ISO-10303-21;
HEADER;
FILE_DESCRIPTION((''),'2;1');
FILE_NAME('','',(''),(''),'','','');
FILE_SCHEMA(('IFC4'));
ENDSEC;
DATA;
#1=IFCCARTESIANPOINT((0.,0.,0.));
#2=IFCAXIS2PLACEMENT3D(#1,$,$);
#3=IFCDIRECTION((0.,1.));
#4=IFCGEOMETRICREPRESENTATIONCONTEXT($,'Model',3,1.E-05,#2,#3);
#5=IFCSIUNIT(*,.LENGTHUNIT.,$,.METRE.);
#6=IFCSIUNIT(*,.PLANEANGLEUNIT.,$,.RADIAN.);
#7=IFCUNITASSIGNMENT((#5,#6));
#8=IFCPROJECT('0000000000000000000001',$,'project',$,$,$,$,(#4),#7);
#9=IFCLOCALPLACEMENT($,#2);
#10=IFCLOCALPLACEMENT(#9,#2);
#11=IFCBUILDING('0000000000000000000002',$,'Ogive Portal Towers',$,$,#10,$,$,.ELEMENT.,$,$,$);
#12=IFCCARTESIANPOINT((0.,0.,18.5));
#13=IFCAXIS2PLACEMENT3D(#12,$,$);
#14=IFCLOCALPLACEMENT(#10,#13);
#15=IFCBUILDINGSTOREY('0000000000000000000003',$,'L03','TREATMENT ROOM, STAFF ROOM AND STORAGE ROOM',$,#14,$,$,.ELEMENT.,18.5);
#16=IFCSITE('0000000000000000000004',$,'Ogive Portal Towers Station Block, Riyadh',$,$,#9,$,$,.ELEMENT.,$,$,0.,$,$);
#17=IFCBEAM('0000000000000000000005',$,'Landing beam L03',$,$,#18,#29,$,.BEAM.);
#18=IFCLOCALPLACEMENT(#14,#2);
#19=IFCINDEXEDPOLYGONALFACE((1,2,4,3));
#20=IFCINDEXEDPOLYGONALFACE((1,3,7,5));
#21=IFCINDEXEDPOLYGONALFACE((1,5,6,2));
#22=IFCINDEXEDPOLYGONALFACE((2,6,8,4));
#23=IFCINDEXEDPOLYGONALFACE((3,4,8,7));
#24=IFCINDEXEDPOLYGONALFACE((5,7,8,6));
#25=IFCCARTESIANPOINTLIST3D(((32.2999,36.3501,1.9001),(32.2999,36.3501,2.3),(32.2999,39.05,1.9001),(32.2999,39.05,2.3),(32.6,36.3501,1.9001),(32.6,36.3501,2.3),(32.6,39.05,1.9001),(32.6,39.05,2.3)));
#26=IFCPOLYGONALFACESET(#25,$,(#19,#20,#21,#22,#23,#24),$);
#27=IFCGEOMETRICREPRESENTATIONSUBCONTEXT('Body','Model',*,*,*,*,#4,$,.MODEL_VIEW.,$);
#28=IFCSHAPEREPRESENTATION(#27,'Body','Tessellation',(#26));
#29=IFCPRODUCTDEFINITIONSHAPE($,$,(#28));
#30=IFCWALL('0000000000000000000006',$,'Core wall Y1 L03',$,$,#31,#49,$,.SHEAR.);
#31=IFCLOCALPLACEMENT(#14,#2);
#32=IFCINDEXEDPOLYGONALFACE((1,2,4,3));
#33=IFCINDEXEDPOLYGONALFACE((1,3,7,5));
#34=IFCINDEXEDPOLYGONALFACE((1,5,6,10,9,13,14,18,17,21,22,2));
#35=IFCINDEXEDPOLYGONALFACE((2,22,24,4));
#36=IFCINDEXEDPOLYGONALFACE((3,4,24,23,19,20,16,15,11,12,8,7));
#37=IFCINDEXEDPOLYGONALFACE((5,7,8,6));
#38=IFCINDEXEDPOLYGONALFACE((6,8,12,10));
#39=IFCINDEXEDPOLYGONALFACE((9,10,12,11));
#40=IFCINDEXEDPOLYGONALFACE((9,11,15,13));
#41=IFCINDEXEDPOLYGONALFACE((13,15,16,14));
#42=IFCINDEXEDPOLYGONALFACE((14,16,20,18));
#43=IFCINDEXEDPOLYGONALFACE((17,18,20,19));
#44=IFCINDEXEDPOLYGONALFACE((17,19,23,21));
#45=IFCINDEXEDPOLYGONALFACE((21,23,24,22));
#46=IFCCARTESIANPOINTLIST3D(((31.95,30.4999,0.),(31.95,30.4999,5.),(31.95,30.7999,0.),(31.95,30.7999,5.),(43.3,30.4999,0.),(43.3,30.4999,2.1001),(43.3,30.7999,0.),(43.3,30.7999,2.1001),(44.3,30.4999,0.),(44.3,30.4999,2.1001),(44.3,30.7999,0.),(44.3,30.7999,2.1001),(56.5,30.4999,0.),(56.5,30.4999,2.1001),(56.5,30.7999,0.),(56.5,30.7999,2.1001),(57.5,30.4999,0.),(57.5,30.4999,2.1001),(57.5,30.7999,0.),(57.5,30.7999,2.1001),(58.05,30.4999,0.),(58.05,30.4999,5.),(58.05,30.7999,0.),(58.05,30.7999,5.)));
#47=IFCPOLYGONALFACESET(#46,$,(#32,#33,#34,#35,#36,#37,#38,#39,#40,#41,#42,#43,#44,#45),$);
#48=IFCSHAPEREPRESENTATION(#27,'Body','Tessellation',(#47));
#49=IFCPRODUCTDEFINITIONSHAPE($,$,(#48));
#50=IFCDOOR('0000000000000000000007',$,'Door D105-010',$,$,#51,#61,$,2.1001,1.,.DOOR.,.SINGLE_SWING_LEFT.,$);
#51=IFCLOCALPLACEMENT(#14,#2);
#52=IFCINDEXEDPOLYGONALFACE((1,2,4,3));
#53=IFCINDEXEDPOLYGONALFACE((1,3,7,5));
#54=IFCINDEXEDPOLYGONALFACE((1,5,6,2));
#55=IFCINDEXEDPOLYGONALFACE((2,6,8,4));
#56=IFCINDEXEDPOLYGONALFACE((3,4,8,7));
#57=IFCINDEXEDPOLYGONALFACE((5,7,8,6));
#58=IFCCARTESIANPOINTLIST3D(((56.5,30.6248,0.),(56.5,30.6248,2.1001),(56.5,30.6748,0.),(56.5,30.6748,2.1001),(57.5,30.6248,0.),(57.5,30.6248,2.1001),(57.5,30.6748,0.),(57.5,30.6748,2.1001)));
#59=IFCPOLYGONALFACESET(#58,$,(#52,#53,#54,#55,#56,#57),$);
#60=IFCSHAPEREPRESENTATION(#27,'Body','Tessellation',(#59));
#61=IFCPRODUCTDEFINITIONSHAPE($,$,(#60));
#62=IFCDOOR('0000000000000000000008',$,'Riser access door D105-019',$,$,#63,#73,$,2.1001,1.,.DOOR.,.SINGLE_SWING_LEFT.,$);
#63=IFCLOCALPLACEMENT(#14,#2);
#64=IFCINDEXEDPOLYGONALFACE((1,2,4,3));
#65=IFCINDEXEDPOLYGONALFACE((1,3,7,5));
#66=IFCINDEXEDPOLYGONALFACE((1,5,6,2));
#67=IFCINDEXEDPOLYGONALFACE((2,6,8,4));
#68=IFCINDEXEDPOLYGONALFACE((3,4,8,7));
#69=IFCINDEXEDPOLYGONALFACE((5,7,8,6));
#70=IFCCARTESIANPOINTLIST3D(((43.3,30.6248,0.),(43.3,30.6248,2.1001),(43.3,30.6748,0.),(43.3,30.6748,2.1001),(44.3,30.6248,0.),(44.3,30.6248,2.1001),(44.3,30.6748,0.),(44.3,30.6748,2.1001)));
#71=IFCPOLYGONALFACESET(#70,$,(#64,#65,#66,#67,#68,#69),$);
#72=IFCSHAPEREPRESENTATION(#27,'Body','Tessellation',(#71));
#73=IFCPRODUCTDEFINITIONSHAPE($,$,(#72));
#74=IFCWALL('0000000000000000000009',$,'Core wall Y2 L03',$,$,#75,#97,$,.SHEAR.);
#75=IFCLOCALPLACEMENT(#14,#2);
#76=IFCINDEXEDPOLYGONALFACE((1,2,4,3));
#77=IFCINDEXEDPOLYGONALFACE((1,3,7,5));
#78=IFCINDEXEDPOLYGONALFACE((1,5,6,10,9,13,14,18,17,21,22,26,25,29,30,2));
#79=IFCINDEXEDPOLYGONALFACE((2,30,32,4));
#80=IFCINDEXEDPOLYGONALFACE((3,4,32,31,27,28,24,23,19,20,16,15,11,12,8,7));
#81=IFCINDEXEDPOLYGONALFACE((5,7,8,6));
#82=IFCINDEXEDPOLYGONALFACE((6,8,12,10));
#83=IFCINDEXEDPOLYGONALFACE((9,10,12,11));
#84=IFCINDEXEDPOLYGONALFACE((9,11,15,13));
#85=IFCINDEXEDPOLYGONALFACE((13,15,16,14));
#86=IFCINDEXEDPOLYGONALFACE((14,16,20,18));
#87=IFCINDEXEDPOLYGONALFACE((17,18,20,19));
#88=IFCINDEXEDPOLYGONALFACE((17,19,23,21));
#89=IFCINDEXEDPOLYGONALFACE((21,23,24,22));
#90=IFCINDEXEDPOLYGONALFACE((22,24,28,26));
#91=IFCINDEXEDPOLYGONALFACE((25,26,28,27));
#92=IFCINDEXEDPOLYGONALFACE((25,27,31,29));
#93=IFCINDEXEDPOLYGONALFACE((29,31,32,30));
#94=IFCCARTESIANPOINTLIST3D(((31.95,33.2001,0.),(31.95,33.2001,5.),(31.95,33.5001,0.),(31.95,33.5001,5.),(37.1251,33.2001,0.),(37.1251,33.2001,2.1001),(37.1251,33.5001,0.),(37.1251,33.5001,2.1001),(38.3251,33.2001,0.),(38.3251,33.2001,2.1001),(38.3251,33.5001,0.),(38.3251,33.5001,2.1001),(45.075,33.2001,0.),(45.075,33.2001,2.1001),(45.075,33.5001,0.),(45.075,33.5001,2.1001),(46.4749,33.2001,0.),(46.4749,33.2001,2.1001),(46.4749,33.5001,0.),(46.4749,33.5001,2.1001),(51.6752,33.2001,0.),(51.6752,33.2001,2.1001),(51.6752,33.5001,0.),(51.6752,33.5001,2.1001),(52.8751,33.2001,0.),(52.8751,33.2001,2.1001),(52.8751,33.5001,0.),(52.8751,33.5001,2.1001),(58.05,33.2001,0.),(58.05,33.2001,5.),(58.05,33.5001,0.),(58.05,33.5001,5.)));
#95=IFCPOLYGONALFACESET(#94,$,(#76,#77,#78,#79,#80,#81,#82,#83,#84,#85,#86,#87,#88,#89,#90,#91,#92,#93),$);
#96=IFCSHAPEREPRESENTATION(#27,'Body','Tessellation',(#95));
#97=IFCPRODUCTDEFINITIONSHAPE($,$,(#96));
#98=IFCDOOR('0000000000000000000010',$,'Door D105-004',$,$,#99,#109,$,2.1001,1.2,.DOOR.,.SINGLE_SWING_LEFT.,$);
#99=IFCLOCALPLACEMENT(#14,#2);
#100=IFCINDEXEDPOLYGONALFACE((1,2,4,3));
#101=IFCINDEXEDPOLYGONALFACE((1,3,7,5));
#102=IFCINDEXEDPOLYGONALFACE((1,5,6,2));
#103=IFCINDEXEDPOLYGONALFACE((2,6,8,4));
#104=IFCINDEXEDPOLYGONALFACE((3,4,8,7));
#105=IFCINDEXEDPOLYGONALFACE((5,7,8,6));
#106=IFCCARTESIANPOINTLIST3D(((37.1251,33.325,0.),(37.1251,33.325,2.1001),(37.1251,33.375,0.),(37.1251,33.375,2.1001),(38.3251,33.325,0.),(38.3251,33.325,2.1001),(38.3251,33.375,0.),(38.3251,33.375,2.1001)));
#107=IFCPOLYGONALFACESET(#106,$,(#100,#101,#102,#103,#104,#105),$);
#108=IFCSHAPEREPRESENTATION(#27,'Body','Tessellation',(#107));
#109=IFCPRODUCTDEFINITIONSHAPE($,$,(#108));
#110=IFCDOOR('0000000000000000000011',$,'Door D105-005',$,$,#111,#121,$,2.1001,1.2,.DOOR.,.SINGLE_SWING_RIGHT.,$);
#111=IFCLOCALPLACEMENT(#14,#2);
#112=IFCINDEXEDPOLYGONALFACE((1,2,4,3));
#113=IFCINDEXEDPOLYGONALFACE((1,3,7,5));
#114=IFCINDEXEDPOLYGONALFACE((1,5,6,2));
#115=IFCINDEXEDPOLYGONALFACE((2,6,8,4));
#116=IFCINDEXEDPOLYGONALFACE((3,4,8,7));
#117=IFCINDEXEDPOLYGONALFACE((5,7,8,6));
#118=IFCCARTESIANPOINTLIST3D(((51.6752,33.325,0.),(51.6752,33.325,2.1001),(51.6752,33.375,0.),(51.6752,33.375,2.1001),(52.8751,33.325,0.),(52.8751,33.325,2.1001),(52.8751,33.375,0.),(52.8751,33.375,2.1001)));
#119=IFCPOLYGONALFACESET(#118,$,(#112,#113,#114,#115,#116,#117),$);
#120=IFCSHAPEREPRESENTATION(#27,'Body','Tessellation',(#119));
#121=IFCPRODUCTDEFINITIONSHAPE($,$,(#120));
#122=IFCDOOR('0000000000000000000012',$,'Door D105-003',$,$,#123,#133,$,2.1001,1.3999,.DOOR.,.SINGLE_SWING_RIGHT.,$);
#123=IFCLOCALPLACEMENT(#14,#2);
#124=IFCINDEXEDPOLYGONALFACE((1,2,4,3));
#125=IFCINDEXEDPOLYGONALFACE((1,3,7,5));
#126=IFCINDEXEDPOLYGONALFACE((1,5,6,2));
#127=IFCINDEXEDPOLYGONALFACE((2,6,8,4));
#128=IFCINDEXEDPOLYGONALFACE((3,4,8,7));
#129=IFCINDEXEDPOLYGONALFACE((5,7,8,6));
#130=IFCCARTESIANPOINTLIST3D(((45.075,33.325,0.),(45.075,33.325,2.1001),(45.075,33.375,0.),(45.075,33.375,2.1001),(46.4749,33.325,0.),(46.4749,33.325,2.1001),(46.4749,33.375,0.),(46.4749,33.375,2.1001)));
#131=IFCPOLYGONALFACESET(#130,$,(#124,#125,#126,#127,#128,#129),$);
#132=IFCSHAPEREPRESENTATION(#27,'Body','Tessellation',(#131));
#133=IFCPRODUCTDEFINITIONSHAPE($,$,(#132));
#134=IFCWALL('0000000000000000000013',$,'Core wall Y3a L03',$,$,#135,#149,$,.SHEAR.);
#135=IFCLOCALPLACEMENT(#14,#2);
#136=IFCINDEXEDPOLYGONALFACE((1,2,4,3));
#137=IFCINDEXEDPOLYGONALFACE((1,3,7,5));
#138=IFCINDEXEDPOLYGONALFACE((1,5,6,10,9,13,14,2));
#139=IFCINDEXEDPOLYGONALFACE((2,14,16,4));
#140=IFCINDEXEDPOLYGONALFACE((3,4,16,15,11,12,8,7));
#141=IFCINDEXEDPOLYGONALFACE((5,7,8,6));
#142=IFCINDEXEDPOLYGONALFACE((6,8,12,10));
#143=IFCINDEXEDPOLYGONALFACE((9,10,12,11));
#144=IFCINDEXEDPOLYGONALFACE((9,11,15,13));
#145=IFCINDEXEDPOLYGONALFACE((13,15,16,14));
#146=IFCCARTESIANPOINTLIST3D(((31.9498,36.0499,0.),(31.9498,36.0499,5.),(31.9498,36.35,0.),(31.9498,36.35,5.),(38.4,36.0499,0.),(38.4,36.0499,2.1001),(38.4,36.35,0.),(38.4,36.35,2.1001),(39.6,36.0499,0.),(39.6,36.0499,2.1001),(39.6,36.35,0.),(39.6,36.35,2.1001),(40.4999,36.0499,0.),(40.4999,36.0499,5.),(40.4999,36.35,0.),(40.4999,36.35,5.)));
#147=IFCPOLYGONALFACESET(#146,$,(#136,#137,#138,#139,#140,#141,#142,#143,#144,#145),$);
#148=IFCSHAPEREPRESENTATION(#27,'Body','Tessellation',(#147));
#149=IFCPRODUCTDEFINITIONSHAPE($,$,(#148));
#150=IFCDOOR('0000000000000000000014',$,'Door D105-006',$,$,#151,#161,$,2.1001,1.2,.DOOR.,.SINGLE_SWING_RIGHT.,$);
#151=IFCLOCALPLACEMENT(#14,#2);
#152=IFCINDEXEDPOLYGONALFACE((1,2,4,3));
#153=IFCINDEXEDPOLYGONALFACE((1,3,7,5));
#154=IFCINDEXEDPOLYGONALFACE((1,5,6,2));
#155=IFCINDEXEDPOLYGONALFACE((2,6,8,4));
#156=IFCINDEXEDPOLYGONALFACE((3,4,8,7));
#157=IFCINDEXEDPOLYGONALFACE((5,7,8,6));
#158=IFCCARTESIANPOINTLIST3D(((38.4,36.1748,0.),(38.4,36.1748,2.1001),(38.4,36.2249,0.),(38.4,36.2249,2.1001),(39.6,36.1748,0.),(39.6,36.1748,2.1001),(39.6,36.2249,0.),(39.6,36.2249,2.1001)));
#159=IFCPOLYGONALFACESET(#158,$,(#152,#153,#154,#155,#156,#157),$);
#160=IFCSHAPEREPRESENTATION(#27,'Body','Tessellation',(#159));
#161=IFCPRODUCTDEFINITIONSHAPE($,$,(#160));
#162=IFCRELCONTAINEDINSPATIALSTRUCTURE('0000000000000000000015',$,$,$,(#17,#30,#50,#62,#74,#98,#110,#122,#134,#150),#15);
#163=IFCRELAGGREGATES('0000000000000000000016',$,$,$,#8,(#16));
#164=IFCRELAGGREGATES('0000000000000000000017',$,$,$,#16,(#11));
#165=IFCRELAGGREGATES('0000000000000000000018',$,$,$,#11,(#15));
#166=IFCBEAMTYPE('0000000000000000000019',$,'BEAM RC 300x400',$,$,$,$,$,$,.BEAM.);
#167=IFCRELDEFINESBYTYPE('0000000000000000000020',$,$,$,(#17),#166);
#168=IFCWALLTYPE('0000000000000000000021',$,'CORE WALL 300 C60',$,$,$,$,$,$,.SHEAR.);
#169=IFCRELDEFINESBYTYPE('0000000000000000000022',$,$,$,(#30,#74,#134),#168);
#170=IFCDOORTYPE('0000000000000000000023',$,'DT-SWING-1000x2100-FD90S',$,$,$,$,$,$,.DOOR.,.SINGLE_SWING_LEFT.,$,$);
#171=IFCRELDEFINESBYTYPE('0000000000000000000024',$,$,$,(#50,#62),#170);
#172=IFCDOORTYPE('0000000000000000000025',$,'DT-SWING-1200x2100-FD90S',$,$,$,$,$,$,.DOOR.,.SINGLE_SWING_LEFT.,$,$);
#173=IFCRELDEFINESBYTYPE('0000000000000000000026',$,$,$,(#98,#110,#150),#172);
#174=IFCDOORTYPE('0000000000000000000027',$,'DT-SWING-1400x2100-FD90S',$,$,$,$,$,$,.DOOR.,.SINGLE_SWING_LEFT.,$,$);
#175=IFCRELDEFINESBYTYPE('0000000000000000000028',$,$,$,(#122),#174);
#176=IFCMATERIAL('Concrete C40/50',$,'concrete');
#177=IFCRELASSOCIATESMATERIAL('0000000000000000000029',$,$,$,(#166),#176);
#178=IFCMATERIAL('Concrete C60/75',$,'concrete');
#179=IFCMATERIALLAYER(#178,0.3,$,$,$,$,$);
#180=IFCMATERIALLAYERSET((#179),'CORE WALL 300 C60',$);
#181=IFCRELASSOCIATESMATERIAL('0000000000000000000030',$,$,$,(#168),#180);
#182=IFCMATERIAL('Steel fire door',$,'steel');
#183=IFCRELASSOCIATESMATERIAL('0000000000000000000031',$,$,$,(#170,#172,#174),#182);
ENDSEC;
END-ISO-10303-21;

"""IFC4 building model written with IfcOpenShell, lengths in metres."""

from ifc_helpers import new_model, si_unit, direction, frame, frame_2d, origin, origin_2d, place, context, subcontext, project, spatial, rectangle, extrude, material, layer, layer_set, material_profile, profile_set, type_object, element, fill, save


model = new_model("IFC4")

# Units and contexts
model_context = context("Model", 3, precision=1e-05, world=origin(), true_north=direction((0.0, 1.0)))
body_context = subcontext(model_context, "Body", "Model", "MODEL_VIEW")
ifc_project = project(units=[si_unit("LENGTHUNIT", "METRE"), si_unit("PLANEANGLEUNIT", "RADIAN")], contexts=[model_context])

# Site, building, storey
site_placement = place(None, origin())
site = spatial("IfcSite", under=ifc_project, at=site_placement, Name="Ogive Portal Towers Station Block, Riyadh", CompositionType="ELEMENT", RefElevation=0.0)
building_placement = place(site_placement, origin())
building = spatial("IfcBuilding", under=site, at=building_placement, Name="Ogive Portal Towers", CompositionType="ELEMENT")
storey_placement = place(building_placement, frame((0.0, 0.0, 18.5)))
storey = spatial("IfcBuildingStorey", under=building, at=storey_placement, Name="L03", Description="TREATMENT ROOM, STAFF ROOM AND STORAGE ROOM", CompositionType="ELEMENT", Elevation=18.5)

# Beam
ifc_material_1 = material(Name="Concrete C40/50", Category="concrete")
ifc_material_profile = material_profile(ifc_material_1, rectangle(XDim=0.3, YDim=0.3999, at=origin_2d()), Name="RC 300x400")
ifc_profile_set = profile_set([ifc_material_profile], Name="Concrete C40/50")
beam_type = type_object("IfcBeamType", Name="BEAM RC 300x400", PredefinedType="BEAM", material=ifc_profile_set)
beam_placement = place(storey_placement, frame((32.45, 36.3501, 2.1001), z_axis=(0.0, 1.0, 0.0), x_axis=(-1.0, 0.0, 0.0)))
element("IfcBeam", 1, at=beam_placement, inside=storey, type_object=beam_type, Name="Landing beam L03", PredefinedType="BEAM", context=body_context, shape_type="SweptSolid", body=[
    extrude(rectangle(XDim=0.3, YDim=0.3999, at=origin_2d()), origin(), (0.0, 0.0, 1.0), 2.7),
])

# Walls, openings, doors
ifc_material_2 = material(Name="Concrete C60/75", Category="concrete")
ifc_layer_1 = layer(ifc_material_2, 0.3)
ifc_layer_set_1 = layer_set([ifc_layer_1], Name="CORE WALL 300 C60")
wall_type_1 = type_object("IfcWallType", Name="CORE WALL 300 C60", PredefinedType="SHEAR", material=ifc_layer_set_1)
wall_1_placement = place(storey_placement, frame((31.95, 30.6499, 0.0), z_axis=(0.0, 0.0, 1.0), x_axis=(1.0, 0.0, 0.0)))
wall_1 = element("IfcWall", 2, at=wall_1_placement, inside=storey, type_object=wall_type_1, Name="Core wall Y1 L03", PredefinedType="SHEAR", context=body_context, shape_type="SweptSolid", body=[
    extrude(rectangle(XDim=26.1001, YDim=0.3, at=frame_2d((13.05, 0.0))), origin(), (0.0, 0.0, 1.0), 5.0),
])
opening_1_placement = place(wall_1_placement, frame((24.55, 0.0, 0.0)))
opening_1 = element("IfcOpeningElement", 3, at=opening_1_placement, cuts=wall_1, PredefinedType="OPENING", context=body_context, shape_type="SweptSolid", body=[
    extrude(rectangle(XDim=1.0, YDim=2.1001, at=frame_2d((0.5, 1.05))), frame((0.0, 0.1602, 0.0), z_axis=(0.0, -1.0, 0.0), x_axis=(1.0, 0.0, 0.0)), (0.0, 0.0, 1.0), 0.3201),
])
opening_2_placement = place(wall_1_placement, frame((11.3501, 0.0, 0.0)))
opening_2 = element("IfcOpeningElement", 4, at=opening_2_placement, cuts=wall_1, PredefinedType="OPENING", context=body_context, shape_type="SweptSolid", body=[
    extrude(rectangle(XDim=1.0, YDim=2.1001, at=frame_2d((0.5, 1.05))), frame((0.0, 0.1602, 0.0), z_axis=(0.0, -1.0, 0.0), x_axis=(1.0, 0.0, 0.0)), (0.0, 0.0, 1.0), 0.3201),
])
ifc_material_3 = material(Name="Steel fire door", Category="steel")
door_type_1 = type_object("IfcDoorType", Name="DT-SWING-1000x2100-FD90S", OperationType="SINGLE_SWING_LEFT", PredefinedType="DOOR", material=ifc_material_3)
door_1_placement = place(opening_1_placement, origin())
door_1 = element("IfcDoor", 5, at=door_1_placement, inside=storey, type_object=door_type_1, Name="Door D105-010", OperationType="SINGLE_SWING_LEFT", OverallHeight=2.1001, OverallWidth=1.0, PredefinedType="DOOR", context=body_context, shape_type="SweptSolid", body=[
    extrude(rectangle(XDim=1.0, YDim=2.1001, at=frame_2d((0.5, 1.05))), frame((0.0, 0.0249, 0.0), z_axis=(0.0, -1.0, 0.0), x_axis=(1.0, 0.0, 0.0)), (0.0, 0.0, 1.0), 0.05),
])
fill(opening_1, door_1)
door_2_placement = place(opening_2_placement, origin())
door_2 = element("IfcDoor", 6, at=door_2_placement, inside=storey, type_object=door_type_1, Name="Riser access door D105-019", OperationType="SINGLE_SWING_LEFT", OverallHeight=2.1001, OverallWidth=1.0, PredefinedType="DOOR", context=body_context, shape_type="SweptSolid", body=[
    extrude(rectangle(XDim=1.0, YDim=2.1001, at=frame_2d((0.5, 1.05))), frame((0.0, 0.0249, 0.0), z_axis=(0.0, -1.0, 0.0), x_axis=(1.0, 0.0, 0.0)), (0.0, 0.0, 1.0), 0.05),
])
fill(opening_2, door_2)
wall_2_placement = place(storey_placement, frame((31.95, 33.3501, 0.0), z_axis=(0.0, 0.0, 1.0), x_axis=(1.0, 0.0, 0.0)))
wall_2 = element("IfcWall", 7, at=wall_2_placement, inside=storey, type_object=wall_type_1, Name="Core wall Y2 L03", PredefinedType="SHEAR", context=body_context, shape_type="SweptSolid", body=[
    extrude(rectangle(XDim=26.1001, YDim=0.3, at=frame_2d((13.05, 0.0))), origin(), (0.0, 0.0, 1.0), 5.0),
])
opening_3_placement = place(wall_2_placement, frame((13.125, 0.0, 0.0)))
opening_3 = element("IfcOpeningElement", 8, at=opening_3_placement, cuts=wall_2, PredefinedType="OPENING", context=body_context, shape_type="SweptSolid", body=[
    extrude(rectangle(XDim=1.3999, YDim=2.1001, at=frame_2d((0.7, 1.05))), frame((0.0, 0.1602, 0.0), z_axis=(0.0, -1.0, 0.0), x_axis=(1.0, 0.0, 0.0)), (0.0, 0.0, 1.0), 0.3201),
])
opening_4_placement = place(wall_2_placement, frame((5.175, 0.0, 0.0)))
opening_4 = element("IfcOpeningElement", 9, at=opening_4_placement, cuts=wall_2, PredefinedType="OPENING", context=body_context, shape_type="SweptSolid", body=[
    extrude(rectangle(XDim=1.2, YDim=2.1001, at=frame_2d((0.6001, 1.05))), frame((0.0, 0.1602, 0.0), z_axis=(0.0, -1.0, 0.0), x_axis=(1.0, 0.0, 0.0)), (0.0, 0.0, 1.0), 0.3201),
])
opening_5_placement = place(wall_2_placement, frame((19.7251, 0.0, 0.0)))
opening_5 = element("IfcOpeningElement", 10, at=opening_5_placement, cuts=wall_2, PredefinedType="OPENING", context=body_context, shape_type="SweptSolid", body=[
    extrude(rectangle(XDim=1.2, YDim=2.1001, at=frame_2d((0.6001, 1.05))), frame((0.0, 0.1602, 0.0), z_axis=(0.0, -1.0, 0.0), x_axis=(1.0, 0.0, 0.0)), (0.0, 0.0, 1.0), 0.3201),
])
door_type_2 = type_object("IfcDoorType", Name="DT-SWING-1200x2100-FD90S", OperationType="SINGLE_SWING_LEFT", PredefinedType="DOOR", material=ifc_material_3)
door_3_placement = place(opening_4_placement, origin())
door_3 = element("IfcDoor", 11, at=door_3_placement, inside=storey, type_object=door_type_2, Name="Door D105-004", OperationType="SINGLE_SWING_LEFT", OverallHeight=2.1001, OverallWidth=1.2, PredefinedType="DOOR", context=body_context, shape_type="SweptSolid", body=[
    extrude(rectangle(XDim=1.2, YDim=2.1001, at=frame_2d((0.6001, 1.05))), frame((0.0, 0.0249, 0.0), z_axis=(0.0, -1.0, 0.0), x_axis=(1.0, 0.0, 0.0)), (0.0, 0.0, 1.0), 0.05),
])
fill(opening_4, door_3)
door_4_placement = place(opening_5_placement, origin())
door_4 = element("IfcDoor", 12, at=door_4_placement, inside=storey, type_object=door_type_2, Name="Door D105-005", OperationType="SINGLE_SWING_RIGHT", OverallHeight=2.1001, OverallWidth=1.2, PredefinedType="DOOR", context=body_context, shape_type="SweptSolid", body=[
    extrude(rectangle(XDim=1.2, YDim=2.1001, at=frame_2d((0.6001, 1.05))), frame((0.0, 0.0249, 0.0), z_axis=(0.0, -1.0, 0.0), x_axis=(1.0, 0.0, 0.0)), (0.0, 0.0, 1.0), 0.05),
])
fill(opening_5, door_4)
door_type_3 = type_object("IfcDoorType", Name="DT-SWING-1400x2100-FD90S", OperationType="SINGLE_SWING_LEFT", PredefinedType="DOOR", material=ifc_material_3)
door_5_placement = place(opening_3_placement, origin())
door_5 = element("IfcDoor", 13, at=door_5_placement, inside=storey, type_object=door_type_3, Name="Door D105-003", OperationType="SINGLE_SWING_RIGHT", OverallHeight=2.1001, OverallWidth=1.3999, PredefinedType="DOOR", context=body_context, shape_type="SweptSolid", body=[
    extrude(rectangle(XDim=1.3999, YDim=2.1001, at=frame_2d((0.7, 1.05))), frame((0.0, 0.0249, 0.0), z_axis=(0.0, -1.0, 0.0), x_axis=(1.0, 0.0, 0.0)), (0.0, 0.0, 1.0), 0.05),
])
fill(opening_3, door_5)

# Wall, opening, door
wall_3_placement = place(storey_placement, frame((31.95, 36.2, 0.0), z_axis=(0.0, 0.0, 1.0), x_axis=(1.0, 0.0, 0.0)))
wall_3 = element("IfcWall", 14, at=wall_3_placement, inside=storey, type_object=wall_type_1, Name="Core wall Y3a L03", PredefinedType="SHEAR", context=body_context, shape_type="SweptSolid", body=[
    extrude(rectangle(XDim=8.55, YDim=0.3, at=frame_2d((4.2749, 0.0))), origin(), (0.0, 0.0, 1.0), 5.0),
])
opening_6_placement = place(wall_3_placement, frame((6.45, 0.0, 0.0)))
opening_6 = element("IfcOpeningElement", 15, at=opening_6_placement, cuts=wall_3, PredefinedType="OPENING", context=body_context, shape_type="SweptSolid", body=[
    extrude(rectangle(XDim=1.2, YDim=2.1001, at=frame_2d((0.6001, 1.05))), frame((0.0, 0.1602, 0.0), z_axis=(0.0, -1.0, 0.0), x_axis=(1.0, 0.0, 0.0)), (0.0, 0.0, 1.0), 0.3201),
])
door_6_placement = place(opening_6_placement, origin())
door_6 = element("IfcDoor", 16, at=door_6_placement, inside=storey, type_object=door_type_2, Name="Door D105-006", OperationType="SINGLE_SWING_RIGHT", OverallHeight=2.1001, OverallWidth=1.2, PredefinedType="DOOR", context=body_context, shape_type="SweptSolid", body=[
    extrude(rectangle(XDim=1.2, YDim=2.1001, at=frame_2d((0.6001, 1.05))), frame((0.0, 0.0249, 0.0), z_axis=(0.0, -1.0, 0.0), x_axis=(1.0, 0.0, 0.0)), (0.0, 0.0, 1.0), 0.05),
])
fill(opening_6, door_6)

save(model, "model.ifc")
